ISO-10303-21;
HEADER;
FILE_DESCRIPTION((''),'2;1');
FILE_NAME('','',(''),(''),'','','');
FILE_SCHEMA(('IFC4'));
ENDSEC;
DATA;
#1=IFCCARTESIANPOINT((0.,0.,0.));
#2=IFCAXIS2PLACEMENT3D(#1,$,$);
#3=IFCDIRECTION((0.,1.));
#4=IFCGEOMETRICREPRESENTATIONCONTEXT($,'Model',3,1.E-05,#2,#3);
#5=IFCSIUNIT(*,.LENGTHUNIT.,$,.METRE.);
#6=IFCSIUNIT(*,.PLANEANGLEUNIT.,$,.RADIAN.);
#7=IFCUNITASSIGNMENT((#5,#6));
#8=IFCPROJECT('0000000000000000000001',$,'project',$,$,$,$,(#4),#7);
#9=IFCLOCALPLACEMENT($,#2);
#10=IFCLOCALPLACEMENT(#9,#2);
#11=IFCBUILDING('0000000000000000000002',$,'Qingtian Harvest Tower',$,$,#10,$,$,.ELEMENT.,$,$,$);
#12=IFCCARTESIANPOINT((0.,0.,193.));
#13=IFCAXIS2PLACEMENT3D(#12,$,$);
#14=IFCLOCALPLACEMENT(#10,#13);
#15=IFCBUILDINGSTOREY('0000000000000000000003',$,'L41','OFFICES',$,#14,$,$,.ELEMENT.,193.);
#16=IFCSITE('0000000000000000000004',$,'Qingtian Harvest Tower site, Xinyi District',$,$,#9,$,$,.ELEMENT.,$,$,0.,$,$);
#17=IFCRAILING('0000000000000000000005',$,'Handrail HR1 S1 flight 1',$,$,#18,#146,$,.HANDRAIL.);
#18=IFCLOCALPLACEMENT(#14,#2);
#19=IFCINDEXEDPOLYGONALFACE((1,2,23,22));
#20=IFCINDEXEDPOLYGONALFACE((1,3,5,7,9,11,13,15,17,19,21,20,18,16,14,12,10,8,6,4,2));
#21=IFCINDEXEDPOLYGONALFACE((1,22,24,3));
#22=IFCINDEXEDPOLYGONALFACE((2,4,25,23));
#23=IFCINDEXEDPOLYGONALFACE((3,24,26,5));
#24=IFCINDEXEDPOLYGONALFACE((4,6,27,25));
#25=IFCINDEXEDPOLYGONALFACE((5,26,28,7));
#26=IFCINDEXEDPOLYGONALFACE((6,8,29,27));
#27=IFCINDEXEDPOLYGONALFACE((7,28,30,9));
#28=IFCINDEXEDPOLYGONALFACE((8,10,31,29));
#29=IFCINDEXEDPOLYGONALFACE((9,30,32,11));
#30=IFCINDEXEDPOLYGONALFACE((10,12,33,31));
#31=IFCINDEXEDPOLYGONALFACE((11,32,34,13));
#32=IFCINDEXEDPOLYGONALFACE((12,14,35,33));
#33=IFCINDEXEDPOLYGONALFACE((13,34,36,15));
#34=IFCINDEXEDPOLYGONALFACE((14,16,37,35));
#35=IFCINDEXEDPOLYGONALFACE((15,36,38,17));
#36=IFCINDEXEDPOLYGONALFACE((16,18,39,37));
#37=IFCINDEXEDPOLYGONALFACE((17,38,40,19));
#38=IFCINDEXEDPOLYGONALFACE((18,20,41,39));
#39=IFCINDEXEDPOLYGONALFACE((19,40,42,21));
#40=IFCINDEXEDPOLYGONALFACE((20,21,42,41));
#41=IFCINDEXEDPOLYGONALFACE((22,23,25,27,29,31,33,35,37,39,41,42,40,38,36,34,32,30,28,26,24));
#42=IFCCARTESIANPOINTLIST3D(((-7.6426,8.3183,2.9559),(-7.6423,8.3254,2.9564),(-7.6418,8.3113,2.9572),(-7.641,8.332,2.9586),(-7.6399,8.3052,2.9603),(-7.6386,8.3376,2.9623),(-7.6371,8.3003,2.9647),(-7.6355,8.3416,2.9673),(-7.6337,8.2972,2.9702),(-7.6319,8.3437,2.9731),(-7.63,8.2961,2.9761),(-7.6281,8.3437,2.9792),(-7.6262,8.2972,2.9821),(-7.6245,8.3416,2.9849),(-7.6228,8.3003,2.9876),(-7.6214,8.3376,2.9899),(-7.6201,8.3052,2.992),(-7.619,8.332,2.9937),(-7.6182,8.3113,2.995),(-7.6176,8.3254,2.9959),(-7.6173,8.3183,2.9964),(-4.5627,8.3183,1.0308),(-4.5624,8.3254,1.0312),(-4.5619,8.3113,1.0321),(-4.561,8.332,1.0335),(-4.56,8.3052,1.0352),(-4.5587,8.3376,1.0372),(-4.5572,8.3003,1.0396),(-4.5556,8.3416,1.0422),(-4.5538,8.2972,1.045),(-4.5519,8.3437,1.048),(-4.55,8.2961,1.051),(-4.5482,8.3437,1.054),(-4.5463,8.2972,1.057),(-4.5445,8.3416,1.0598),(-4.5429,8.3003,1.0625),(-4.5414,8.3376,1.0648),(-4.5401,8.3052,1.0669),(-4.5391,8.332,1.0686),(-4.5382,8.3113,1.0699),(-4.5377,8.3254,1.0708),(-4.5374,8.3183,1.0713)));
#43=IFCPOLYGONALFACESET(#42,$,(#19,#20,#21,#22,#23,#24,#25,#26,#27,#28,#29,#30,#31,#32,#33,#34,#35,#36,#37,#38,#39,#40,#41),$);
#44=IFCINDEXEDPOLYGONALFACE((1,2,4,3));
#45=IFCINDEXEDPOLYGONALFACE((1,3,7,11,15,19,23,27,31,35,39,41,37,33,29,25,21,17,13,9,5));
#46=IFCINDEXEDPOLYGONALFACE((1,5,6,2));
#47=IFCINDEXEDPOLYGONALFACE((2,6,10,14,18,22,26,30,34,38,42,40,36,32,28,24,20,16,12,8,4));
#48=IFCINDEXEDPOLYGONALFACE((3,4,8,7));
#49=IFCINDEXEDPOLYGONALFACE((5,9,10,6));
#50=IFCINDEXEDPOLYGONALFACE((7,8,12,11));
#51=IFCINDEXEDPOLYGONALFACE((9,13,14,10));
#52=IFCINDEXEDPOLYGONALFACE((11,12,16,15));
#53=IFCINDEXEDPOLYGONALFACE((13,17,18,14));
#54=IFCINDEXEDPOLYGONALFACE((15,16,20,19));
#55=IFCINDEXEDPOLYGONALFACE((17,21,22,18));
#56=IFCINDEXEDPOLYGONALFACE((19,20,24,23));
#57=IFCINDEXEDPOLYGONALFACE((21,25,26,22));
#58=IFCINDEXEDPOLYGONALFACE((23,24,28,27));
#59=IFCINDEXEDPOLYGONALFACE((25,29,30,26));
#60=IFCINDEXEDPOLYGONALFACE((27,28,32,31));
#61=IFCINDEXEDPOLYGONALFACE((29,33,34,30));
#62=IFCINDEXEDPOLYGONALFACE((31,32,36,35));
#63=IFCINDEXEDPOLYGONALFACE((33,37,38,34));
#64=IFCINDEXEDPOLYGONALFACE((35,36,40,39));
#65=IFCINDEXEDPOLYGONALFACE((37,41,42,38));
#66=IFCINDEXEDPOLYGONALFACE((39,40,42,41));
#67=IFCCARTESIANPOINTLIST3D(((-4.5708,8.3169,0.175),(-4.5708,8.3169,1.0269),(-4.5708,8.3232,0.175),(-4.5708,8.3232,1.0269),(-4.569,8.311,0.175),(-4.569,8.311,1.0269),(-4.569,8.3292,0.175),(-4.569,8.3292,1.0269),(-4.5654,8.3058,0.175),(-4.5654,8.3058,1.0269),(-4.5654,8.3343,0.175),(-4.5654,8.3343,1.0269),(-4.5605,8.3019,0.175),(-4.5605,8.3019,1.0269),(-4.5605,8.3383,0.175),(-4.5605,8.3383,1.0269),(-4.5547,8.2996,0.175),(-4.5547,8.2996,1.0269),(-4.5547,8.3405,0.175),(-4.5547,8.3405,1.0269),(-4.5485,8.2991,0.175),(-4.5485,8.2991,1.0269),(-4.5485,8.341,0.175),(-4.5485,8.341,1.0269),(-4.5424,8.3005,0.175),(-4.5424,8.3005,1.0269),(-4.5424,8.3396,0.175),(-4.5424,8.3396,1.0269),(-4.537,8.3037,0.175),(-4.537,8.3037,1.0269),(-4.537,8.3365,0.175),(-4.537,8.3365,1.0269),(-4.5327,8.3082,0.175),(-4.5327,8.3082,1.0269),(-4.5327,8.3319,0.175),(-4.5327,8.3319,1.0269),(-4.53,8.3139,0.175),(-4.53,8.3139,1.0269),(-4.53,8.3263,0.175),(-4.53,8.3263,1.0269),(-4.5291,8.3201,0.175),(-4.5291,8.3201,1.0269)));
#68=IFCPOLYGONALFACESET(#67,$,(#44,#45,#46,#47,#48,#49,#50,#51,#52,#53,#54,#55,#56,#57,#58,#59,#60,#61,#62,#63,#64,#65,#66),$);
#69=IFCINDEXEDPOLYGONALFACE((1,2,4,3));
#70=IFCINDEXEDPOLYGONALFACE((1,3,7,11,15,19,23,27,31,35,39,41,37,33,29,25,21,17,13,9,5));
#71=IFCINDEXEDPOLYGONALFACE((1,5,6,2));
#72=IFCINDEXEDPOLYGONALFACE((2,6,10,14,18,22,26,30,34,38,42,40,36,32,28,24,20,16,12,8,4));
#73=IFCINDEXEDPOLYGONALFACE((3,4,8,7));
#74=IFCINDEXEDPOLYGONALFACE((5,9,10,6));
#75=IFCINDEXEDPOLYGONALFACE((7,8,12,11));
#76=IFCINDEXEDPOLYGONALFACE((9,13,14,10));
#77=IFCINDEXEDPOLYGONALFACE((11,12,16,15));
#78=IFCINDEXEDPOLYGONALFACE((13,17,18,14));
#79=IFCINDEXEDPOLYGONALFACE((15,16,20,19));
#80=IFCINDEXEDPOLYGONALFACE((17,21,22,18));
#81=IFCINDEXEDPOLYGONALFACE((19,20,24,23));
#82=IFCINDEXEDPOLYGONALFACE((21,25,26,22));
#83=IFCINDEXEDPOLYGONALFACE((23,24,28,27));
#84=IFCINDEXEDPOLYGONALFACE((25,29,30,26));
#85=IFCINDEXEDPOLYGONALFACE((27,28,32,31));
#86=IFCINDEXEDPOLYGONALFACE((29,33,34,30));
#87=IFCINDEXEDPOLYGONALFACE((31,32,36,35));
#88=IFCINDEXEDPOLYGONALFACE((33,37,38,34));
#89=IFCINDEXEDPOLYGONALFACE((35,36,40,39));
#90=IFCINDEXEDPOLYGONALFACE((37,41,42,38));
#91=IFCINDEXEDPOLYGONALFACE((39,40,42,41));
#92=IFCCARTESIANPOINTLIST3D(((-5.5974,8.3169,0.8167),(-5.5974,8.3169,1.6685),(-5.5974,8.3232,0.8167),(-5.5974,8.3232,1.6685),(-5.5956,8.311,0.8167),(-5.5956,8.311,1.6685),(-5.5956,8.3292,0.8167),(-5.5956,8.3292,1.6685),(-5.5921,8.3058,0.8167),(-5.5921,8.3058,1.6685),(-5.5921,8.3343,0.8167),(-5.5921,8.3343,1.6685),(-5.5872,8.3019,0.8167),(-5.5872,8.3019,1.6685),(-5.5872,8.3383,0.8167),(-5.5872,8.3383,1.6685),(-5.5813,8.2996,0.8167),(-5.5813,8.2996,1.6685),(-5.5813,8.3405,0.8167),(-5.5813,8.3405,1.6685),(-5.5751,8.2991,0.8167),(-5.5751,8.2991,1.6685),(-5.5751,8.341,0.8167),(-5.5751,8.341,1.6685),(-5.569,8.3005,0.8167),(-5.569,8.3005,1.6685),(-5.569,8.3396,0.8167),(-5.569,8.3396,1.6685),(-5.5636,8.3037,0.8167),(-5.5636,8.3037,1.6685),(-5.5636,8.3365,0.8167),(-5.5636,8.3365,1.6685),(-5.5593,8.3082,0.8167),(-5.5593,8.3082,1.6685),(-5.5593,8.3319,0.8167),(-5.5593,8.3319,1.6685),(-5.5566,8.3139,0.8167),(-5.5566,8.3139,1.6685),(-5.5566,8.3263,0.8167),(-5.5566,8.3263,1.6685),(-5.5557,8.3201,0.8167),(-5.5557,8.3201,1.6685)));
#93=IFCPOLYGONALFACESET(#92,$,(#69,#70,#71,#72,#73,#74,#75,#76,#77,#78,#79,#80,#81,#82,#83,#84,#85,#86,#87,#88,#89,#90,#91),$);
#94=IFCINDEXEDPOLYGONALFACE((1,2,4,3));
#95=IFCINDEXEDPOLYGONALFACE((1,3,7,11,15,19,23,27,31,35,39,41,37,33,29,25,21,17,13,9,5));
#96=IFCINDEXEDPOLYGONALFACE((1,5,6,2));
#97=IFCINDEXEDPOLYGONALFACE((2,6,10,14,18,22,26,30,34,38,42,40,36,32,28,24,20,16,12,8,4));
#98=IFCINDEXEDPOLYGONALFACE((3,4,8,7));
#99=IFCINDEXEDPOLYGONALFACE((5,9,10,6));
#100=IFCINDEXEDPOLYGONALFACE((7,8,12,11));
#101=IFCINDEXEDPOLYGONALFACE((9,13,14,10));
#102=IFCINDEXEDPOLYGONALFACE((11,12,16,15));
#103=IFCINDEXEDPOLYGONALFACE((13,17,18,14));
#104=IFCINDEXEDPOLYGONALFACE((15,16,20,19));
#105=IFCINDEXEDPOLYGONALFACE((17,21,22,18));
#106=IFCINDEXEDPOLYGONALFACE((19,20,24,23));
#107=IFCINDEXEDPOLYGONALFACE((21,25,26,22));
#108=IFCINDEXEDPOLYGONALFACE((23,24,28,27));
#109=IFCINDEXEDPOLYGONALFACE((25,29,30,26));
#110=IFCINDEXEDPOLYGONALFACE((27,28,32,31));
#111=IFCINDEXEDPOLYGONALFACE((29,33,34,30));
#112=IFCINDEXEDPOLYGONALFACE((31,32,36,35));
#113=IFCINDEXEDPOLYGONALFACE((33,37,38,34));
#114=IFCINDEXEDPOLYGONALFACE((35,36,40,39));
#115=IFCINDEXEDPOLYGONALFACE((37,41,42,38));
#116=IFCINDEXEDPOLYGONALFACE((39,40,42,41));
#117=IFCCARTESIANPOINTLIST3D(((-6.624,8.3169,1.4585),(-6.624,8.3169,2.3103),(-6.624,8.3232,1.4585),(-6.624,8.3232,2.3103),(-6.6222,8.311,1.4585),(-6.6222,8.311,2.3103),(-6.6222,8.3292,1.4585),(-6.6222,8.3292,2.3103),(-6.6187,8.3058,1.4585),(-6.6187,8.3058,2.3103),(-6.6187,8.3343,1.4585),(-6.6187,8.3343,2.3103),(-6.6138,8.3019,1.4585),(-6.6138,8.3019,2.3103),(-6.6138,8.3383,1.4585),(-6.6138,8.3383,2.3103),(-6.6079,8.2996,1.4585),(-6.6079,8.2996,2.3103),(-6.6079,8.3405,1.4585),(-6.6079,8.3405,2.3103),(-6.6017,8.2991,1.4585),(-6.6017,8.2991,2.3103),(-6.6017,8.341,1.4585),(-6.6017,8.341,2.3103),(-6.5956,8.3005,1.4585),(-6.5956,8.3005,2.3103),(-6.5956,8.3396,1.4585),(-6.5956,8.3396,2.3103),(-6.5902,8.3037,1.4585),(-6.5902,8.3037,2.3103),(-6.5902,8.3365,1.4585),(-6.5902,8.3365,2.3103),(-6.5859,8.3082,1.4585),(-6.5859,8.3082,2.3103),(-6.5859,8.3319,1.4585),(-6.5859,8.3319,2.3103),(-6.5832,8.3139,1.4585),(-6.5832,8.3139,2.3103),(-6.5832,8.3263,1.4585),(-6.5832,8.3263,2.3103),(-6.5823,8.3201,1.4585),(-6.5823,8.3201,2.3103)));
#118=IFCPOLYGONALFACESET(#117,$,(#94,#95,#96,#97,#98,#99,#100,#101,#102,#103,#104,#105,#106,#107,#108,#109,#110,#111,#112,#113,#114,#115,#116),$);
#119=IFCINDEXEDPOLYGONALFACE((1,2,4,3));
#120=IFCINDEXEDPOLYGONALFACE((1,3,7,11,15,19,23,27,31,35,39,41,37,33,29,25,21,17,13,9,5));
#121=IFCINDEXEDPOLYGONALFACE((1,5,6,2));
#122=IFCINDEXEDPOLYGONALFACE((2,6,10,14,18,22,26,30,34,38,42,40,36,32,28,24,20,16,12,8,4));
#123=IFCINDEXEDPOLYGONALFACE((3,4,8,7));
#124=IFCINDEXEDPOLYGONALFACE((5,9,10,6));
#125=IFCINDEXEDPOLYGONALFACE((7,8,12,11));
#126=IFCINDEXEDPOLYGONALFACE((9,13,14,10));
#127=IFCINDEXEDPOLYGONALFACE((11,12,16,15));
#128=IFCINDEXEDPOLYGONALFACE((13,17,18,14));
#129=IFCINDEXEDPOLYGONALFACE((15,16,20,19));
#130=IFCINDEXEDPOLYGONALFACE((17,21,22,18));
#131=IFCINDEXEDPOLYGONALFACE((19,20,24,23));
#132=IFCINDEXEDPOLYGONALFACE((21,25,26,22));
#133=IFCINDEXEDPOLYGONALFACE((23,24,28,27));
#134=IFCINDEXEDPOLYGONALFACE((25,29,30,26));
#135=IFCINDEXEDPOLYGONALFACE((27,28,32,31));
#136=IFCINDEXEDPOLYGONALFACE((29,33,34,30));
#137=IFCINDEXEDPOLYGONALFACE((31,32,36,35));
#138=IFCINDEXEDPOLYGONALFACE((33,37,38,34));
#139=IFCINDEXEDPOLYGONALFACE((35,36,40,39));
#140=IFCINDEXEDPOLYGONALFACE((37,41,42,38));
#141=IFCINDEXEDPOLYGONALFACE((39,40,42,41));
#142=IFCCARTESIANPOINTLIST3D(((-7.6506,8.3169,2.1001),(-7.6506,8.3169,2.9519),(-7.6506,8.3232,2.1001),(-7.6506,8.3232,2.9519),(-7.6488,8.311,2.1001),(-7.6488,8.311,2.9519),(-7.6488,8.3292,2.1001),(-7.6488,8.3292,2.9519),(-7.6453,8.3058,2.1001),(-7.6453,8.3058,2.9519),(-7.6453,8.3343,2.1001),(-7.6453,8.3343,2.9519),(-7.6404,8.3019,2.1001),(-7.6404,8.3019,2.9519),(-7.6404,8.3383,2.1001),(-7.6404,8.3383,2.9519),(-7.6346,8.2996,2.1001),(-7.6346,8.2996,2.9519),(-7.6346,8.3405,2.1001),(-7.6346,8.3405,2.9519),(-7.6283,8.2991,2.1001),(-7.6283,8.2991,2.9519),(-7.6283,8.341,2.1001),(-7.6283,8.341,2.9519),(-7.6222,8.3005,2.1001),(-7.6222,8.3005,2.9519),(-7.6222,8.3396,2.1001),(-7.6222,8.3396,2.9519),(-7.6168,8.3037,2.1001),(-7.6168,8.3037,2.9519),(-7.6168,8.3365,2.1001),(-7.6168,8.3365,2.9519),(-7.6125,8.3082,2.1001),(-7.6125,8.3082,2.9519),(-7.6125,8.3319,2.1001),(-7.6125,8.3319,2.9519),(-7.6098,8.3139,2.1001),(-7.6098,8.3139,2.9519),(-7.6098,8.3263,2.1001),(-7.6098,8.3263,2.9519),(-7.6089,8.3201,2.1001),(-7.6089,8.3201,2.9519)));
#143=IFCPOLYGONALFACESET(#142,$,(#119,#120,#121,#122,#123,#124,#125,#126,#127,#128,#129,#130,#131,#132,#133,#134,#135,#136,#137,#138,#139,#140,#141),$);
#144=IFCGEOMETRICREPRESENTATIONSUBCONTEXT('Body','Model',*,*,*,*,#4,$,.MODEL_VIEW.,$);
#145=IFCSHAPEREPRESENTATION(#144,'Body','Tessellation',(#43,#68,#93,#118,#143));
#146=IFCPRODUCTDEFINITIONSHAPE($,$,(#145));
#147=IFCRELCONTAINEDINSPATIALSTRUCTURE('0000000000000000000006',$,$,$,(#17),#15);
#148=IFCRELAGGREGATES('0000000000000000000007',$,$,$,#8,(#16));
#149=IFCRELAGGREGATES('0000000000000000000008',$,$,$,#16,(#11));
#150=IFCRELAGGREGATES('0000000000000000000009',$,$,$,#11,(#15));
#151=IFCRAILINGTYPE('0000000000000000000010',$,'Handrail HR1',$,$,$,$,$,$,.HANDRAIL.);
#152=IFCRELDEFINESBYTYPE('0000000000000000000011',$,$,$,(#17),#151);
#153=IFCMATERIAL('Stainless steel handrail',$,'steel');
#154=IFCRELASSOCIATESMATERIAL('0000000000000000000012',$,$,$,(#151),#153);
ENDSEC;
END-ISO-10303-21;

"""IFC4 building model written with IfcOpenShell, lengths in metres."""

from ifc_helpers import new_model, si_unit, direction, frame, origin, origin_2d, place, context, subcontext, project, spatial, circle, extrude, material, type_object, element, save


model = new_model("IFC4")

# Units and contexts
model_context = context("Model", 3, precision=1e-05, world=origin(), true_north=direction((0.0, 1.0)))
body_context = subcontext(model_context, "Body", "Model", "MODEL_VIEW")
ifc_project = project(units=[si_unit("LENGTHUNIT", "METRE"), si_unit("PLANEANGLEUNIT", "RADIAN")], contexts=[model_context])

# Site, building, storey
site_placement = place(None, origin())
site = spatial("IfcSite", under=ifc_project, at=site_placement, Name="Qingtian Harvest Tower site, Xinyi District", CompositionType="ELEMENT", RefElevation=0.0)
building_placement = place(site_placement, origin())
building = spatial("IfcBuilding", under=site, at=building_placement, Name="Qingtian Harvest Tower", CompositionType="ELEMENT")
storey_placement = place(building_placement, frame((0.0, 0.0, 193.0)))
storey = spatial("IfcBuildingStorey", under=building, at=storey_placement, Name="L41", Description="OFFICES", CompositionType="ELEMENT", Elevation=193.0)

# Railing
ifc_material_1 = material(Name="Stainless steel handrail", Category="steel")
railing_type = type_object("IfcRailingType", Name="Handrail HR1", PredefinedType="HANDRAIL", material=ifc_material_1)
railing_placement = place(storey_placement, frame((-4.55, 8.3201, 0.175)))
element("IfcRailing", 1, at=railing_placement, inside=storey, type_object=railing_type, Name="Handrail HR1 S1 flight 1", PredefinedType="HANDRAIL", context=body_context, shape_type="SweptSolid", body=[
    extrude(circle(Radius=0.0239, at=origin_2d()), frame((0.0, 0.0, 0.876), z_axis=(-0.847979, 0.0, 0.530029), x_axis=(0.0, -1.0, 0.0)), (0.0, 0.0, 1.0), 3.6321),
    extrude(circle(Radius=0.021, at=origin_2d()), origin(), (0.0, 0.0, 1.0), 0.8518),
    extrude(circle(Radius=0.021, at=origin_2d()), frame((-1.0266, 0.0, 0.6416)), (0.0, 0.0, 1.0), 0.8518),
    extrude(circle(Radius=0.021, at=origin_2d()), frame((-2.0532, 0.0, 1.2834)), (0.0, 0.0, 1.0), 0.8518),
    extrude(circle(Radius=0.021, at=origin_2d()), frame((-3.0798, 0.0, 1.925)), (0.0, 0.0, 1.0), 0.8518),
])

save(model, "model.ifc")
